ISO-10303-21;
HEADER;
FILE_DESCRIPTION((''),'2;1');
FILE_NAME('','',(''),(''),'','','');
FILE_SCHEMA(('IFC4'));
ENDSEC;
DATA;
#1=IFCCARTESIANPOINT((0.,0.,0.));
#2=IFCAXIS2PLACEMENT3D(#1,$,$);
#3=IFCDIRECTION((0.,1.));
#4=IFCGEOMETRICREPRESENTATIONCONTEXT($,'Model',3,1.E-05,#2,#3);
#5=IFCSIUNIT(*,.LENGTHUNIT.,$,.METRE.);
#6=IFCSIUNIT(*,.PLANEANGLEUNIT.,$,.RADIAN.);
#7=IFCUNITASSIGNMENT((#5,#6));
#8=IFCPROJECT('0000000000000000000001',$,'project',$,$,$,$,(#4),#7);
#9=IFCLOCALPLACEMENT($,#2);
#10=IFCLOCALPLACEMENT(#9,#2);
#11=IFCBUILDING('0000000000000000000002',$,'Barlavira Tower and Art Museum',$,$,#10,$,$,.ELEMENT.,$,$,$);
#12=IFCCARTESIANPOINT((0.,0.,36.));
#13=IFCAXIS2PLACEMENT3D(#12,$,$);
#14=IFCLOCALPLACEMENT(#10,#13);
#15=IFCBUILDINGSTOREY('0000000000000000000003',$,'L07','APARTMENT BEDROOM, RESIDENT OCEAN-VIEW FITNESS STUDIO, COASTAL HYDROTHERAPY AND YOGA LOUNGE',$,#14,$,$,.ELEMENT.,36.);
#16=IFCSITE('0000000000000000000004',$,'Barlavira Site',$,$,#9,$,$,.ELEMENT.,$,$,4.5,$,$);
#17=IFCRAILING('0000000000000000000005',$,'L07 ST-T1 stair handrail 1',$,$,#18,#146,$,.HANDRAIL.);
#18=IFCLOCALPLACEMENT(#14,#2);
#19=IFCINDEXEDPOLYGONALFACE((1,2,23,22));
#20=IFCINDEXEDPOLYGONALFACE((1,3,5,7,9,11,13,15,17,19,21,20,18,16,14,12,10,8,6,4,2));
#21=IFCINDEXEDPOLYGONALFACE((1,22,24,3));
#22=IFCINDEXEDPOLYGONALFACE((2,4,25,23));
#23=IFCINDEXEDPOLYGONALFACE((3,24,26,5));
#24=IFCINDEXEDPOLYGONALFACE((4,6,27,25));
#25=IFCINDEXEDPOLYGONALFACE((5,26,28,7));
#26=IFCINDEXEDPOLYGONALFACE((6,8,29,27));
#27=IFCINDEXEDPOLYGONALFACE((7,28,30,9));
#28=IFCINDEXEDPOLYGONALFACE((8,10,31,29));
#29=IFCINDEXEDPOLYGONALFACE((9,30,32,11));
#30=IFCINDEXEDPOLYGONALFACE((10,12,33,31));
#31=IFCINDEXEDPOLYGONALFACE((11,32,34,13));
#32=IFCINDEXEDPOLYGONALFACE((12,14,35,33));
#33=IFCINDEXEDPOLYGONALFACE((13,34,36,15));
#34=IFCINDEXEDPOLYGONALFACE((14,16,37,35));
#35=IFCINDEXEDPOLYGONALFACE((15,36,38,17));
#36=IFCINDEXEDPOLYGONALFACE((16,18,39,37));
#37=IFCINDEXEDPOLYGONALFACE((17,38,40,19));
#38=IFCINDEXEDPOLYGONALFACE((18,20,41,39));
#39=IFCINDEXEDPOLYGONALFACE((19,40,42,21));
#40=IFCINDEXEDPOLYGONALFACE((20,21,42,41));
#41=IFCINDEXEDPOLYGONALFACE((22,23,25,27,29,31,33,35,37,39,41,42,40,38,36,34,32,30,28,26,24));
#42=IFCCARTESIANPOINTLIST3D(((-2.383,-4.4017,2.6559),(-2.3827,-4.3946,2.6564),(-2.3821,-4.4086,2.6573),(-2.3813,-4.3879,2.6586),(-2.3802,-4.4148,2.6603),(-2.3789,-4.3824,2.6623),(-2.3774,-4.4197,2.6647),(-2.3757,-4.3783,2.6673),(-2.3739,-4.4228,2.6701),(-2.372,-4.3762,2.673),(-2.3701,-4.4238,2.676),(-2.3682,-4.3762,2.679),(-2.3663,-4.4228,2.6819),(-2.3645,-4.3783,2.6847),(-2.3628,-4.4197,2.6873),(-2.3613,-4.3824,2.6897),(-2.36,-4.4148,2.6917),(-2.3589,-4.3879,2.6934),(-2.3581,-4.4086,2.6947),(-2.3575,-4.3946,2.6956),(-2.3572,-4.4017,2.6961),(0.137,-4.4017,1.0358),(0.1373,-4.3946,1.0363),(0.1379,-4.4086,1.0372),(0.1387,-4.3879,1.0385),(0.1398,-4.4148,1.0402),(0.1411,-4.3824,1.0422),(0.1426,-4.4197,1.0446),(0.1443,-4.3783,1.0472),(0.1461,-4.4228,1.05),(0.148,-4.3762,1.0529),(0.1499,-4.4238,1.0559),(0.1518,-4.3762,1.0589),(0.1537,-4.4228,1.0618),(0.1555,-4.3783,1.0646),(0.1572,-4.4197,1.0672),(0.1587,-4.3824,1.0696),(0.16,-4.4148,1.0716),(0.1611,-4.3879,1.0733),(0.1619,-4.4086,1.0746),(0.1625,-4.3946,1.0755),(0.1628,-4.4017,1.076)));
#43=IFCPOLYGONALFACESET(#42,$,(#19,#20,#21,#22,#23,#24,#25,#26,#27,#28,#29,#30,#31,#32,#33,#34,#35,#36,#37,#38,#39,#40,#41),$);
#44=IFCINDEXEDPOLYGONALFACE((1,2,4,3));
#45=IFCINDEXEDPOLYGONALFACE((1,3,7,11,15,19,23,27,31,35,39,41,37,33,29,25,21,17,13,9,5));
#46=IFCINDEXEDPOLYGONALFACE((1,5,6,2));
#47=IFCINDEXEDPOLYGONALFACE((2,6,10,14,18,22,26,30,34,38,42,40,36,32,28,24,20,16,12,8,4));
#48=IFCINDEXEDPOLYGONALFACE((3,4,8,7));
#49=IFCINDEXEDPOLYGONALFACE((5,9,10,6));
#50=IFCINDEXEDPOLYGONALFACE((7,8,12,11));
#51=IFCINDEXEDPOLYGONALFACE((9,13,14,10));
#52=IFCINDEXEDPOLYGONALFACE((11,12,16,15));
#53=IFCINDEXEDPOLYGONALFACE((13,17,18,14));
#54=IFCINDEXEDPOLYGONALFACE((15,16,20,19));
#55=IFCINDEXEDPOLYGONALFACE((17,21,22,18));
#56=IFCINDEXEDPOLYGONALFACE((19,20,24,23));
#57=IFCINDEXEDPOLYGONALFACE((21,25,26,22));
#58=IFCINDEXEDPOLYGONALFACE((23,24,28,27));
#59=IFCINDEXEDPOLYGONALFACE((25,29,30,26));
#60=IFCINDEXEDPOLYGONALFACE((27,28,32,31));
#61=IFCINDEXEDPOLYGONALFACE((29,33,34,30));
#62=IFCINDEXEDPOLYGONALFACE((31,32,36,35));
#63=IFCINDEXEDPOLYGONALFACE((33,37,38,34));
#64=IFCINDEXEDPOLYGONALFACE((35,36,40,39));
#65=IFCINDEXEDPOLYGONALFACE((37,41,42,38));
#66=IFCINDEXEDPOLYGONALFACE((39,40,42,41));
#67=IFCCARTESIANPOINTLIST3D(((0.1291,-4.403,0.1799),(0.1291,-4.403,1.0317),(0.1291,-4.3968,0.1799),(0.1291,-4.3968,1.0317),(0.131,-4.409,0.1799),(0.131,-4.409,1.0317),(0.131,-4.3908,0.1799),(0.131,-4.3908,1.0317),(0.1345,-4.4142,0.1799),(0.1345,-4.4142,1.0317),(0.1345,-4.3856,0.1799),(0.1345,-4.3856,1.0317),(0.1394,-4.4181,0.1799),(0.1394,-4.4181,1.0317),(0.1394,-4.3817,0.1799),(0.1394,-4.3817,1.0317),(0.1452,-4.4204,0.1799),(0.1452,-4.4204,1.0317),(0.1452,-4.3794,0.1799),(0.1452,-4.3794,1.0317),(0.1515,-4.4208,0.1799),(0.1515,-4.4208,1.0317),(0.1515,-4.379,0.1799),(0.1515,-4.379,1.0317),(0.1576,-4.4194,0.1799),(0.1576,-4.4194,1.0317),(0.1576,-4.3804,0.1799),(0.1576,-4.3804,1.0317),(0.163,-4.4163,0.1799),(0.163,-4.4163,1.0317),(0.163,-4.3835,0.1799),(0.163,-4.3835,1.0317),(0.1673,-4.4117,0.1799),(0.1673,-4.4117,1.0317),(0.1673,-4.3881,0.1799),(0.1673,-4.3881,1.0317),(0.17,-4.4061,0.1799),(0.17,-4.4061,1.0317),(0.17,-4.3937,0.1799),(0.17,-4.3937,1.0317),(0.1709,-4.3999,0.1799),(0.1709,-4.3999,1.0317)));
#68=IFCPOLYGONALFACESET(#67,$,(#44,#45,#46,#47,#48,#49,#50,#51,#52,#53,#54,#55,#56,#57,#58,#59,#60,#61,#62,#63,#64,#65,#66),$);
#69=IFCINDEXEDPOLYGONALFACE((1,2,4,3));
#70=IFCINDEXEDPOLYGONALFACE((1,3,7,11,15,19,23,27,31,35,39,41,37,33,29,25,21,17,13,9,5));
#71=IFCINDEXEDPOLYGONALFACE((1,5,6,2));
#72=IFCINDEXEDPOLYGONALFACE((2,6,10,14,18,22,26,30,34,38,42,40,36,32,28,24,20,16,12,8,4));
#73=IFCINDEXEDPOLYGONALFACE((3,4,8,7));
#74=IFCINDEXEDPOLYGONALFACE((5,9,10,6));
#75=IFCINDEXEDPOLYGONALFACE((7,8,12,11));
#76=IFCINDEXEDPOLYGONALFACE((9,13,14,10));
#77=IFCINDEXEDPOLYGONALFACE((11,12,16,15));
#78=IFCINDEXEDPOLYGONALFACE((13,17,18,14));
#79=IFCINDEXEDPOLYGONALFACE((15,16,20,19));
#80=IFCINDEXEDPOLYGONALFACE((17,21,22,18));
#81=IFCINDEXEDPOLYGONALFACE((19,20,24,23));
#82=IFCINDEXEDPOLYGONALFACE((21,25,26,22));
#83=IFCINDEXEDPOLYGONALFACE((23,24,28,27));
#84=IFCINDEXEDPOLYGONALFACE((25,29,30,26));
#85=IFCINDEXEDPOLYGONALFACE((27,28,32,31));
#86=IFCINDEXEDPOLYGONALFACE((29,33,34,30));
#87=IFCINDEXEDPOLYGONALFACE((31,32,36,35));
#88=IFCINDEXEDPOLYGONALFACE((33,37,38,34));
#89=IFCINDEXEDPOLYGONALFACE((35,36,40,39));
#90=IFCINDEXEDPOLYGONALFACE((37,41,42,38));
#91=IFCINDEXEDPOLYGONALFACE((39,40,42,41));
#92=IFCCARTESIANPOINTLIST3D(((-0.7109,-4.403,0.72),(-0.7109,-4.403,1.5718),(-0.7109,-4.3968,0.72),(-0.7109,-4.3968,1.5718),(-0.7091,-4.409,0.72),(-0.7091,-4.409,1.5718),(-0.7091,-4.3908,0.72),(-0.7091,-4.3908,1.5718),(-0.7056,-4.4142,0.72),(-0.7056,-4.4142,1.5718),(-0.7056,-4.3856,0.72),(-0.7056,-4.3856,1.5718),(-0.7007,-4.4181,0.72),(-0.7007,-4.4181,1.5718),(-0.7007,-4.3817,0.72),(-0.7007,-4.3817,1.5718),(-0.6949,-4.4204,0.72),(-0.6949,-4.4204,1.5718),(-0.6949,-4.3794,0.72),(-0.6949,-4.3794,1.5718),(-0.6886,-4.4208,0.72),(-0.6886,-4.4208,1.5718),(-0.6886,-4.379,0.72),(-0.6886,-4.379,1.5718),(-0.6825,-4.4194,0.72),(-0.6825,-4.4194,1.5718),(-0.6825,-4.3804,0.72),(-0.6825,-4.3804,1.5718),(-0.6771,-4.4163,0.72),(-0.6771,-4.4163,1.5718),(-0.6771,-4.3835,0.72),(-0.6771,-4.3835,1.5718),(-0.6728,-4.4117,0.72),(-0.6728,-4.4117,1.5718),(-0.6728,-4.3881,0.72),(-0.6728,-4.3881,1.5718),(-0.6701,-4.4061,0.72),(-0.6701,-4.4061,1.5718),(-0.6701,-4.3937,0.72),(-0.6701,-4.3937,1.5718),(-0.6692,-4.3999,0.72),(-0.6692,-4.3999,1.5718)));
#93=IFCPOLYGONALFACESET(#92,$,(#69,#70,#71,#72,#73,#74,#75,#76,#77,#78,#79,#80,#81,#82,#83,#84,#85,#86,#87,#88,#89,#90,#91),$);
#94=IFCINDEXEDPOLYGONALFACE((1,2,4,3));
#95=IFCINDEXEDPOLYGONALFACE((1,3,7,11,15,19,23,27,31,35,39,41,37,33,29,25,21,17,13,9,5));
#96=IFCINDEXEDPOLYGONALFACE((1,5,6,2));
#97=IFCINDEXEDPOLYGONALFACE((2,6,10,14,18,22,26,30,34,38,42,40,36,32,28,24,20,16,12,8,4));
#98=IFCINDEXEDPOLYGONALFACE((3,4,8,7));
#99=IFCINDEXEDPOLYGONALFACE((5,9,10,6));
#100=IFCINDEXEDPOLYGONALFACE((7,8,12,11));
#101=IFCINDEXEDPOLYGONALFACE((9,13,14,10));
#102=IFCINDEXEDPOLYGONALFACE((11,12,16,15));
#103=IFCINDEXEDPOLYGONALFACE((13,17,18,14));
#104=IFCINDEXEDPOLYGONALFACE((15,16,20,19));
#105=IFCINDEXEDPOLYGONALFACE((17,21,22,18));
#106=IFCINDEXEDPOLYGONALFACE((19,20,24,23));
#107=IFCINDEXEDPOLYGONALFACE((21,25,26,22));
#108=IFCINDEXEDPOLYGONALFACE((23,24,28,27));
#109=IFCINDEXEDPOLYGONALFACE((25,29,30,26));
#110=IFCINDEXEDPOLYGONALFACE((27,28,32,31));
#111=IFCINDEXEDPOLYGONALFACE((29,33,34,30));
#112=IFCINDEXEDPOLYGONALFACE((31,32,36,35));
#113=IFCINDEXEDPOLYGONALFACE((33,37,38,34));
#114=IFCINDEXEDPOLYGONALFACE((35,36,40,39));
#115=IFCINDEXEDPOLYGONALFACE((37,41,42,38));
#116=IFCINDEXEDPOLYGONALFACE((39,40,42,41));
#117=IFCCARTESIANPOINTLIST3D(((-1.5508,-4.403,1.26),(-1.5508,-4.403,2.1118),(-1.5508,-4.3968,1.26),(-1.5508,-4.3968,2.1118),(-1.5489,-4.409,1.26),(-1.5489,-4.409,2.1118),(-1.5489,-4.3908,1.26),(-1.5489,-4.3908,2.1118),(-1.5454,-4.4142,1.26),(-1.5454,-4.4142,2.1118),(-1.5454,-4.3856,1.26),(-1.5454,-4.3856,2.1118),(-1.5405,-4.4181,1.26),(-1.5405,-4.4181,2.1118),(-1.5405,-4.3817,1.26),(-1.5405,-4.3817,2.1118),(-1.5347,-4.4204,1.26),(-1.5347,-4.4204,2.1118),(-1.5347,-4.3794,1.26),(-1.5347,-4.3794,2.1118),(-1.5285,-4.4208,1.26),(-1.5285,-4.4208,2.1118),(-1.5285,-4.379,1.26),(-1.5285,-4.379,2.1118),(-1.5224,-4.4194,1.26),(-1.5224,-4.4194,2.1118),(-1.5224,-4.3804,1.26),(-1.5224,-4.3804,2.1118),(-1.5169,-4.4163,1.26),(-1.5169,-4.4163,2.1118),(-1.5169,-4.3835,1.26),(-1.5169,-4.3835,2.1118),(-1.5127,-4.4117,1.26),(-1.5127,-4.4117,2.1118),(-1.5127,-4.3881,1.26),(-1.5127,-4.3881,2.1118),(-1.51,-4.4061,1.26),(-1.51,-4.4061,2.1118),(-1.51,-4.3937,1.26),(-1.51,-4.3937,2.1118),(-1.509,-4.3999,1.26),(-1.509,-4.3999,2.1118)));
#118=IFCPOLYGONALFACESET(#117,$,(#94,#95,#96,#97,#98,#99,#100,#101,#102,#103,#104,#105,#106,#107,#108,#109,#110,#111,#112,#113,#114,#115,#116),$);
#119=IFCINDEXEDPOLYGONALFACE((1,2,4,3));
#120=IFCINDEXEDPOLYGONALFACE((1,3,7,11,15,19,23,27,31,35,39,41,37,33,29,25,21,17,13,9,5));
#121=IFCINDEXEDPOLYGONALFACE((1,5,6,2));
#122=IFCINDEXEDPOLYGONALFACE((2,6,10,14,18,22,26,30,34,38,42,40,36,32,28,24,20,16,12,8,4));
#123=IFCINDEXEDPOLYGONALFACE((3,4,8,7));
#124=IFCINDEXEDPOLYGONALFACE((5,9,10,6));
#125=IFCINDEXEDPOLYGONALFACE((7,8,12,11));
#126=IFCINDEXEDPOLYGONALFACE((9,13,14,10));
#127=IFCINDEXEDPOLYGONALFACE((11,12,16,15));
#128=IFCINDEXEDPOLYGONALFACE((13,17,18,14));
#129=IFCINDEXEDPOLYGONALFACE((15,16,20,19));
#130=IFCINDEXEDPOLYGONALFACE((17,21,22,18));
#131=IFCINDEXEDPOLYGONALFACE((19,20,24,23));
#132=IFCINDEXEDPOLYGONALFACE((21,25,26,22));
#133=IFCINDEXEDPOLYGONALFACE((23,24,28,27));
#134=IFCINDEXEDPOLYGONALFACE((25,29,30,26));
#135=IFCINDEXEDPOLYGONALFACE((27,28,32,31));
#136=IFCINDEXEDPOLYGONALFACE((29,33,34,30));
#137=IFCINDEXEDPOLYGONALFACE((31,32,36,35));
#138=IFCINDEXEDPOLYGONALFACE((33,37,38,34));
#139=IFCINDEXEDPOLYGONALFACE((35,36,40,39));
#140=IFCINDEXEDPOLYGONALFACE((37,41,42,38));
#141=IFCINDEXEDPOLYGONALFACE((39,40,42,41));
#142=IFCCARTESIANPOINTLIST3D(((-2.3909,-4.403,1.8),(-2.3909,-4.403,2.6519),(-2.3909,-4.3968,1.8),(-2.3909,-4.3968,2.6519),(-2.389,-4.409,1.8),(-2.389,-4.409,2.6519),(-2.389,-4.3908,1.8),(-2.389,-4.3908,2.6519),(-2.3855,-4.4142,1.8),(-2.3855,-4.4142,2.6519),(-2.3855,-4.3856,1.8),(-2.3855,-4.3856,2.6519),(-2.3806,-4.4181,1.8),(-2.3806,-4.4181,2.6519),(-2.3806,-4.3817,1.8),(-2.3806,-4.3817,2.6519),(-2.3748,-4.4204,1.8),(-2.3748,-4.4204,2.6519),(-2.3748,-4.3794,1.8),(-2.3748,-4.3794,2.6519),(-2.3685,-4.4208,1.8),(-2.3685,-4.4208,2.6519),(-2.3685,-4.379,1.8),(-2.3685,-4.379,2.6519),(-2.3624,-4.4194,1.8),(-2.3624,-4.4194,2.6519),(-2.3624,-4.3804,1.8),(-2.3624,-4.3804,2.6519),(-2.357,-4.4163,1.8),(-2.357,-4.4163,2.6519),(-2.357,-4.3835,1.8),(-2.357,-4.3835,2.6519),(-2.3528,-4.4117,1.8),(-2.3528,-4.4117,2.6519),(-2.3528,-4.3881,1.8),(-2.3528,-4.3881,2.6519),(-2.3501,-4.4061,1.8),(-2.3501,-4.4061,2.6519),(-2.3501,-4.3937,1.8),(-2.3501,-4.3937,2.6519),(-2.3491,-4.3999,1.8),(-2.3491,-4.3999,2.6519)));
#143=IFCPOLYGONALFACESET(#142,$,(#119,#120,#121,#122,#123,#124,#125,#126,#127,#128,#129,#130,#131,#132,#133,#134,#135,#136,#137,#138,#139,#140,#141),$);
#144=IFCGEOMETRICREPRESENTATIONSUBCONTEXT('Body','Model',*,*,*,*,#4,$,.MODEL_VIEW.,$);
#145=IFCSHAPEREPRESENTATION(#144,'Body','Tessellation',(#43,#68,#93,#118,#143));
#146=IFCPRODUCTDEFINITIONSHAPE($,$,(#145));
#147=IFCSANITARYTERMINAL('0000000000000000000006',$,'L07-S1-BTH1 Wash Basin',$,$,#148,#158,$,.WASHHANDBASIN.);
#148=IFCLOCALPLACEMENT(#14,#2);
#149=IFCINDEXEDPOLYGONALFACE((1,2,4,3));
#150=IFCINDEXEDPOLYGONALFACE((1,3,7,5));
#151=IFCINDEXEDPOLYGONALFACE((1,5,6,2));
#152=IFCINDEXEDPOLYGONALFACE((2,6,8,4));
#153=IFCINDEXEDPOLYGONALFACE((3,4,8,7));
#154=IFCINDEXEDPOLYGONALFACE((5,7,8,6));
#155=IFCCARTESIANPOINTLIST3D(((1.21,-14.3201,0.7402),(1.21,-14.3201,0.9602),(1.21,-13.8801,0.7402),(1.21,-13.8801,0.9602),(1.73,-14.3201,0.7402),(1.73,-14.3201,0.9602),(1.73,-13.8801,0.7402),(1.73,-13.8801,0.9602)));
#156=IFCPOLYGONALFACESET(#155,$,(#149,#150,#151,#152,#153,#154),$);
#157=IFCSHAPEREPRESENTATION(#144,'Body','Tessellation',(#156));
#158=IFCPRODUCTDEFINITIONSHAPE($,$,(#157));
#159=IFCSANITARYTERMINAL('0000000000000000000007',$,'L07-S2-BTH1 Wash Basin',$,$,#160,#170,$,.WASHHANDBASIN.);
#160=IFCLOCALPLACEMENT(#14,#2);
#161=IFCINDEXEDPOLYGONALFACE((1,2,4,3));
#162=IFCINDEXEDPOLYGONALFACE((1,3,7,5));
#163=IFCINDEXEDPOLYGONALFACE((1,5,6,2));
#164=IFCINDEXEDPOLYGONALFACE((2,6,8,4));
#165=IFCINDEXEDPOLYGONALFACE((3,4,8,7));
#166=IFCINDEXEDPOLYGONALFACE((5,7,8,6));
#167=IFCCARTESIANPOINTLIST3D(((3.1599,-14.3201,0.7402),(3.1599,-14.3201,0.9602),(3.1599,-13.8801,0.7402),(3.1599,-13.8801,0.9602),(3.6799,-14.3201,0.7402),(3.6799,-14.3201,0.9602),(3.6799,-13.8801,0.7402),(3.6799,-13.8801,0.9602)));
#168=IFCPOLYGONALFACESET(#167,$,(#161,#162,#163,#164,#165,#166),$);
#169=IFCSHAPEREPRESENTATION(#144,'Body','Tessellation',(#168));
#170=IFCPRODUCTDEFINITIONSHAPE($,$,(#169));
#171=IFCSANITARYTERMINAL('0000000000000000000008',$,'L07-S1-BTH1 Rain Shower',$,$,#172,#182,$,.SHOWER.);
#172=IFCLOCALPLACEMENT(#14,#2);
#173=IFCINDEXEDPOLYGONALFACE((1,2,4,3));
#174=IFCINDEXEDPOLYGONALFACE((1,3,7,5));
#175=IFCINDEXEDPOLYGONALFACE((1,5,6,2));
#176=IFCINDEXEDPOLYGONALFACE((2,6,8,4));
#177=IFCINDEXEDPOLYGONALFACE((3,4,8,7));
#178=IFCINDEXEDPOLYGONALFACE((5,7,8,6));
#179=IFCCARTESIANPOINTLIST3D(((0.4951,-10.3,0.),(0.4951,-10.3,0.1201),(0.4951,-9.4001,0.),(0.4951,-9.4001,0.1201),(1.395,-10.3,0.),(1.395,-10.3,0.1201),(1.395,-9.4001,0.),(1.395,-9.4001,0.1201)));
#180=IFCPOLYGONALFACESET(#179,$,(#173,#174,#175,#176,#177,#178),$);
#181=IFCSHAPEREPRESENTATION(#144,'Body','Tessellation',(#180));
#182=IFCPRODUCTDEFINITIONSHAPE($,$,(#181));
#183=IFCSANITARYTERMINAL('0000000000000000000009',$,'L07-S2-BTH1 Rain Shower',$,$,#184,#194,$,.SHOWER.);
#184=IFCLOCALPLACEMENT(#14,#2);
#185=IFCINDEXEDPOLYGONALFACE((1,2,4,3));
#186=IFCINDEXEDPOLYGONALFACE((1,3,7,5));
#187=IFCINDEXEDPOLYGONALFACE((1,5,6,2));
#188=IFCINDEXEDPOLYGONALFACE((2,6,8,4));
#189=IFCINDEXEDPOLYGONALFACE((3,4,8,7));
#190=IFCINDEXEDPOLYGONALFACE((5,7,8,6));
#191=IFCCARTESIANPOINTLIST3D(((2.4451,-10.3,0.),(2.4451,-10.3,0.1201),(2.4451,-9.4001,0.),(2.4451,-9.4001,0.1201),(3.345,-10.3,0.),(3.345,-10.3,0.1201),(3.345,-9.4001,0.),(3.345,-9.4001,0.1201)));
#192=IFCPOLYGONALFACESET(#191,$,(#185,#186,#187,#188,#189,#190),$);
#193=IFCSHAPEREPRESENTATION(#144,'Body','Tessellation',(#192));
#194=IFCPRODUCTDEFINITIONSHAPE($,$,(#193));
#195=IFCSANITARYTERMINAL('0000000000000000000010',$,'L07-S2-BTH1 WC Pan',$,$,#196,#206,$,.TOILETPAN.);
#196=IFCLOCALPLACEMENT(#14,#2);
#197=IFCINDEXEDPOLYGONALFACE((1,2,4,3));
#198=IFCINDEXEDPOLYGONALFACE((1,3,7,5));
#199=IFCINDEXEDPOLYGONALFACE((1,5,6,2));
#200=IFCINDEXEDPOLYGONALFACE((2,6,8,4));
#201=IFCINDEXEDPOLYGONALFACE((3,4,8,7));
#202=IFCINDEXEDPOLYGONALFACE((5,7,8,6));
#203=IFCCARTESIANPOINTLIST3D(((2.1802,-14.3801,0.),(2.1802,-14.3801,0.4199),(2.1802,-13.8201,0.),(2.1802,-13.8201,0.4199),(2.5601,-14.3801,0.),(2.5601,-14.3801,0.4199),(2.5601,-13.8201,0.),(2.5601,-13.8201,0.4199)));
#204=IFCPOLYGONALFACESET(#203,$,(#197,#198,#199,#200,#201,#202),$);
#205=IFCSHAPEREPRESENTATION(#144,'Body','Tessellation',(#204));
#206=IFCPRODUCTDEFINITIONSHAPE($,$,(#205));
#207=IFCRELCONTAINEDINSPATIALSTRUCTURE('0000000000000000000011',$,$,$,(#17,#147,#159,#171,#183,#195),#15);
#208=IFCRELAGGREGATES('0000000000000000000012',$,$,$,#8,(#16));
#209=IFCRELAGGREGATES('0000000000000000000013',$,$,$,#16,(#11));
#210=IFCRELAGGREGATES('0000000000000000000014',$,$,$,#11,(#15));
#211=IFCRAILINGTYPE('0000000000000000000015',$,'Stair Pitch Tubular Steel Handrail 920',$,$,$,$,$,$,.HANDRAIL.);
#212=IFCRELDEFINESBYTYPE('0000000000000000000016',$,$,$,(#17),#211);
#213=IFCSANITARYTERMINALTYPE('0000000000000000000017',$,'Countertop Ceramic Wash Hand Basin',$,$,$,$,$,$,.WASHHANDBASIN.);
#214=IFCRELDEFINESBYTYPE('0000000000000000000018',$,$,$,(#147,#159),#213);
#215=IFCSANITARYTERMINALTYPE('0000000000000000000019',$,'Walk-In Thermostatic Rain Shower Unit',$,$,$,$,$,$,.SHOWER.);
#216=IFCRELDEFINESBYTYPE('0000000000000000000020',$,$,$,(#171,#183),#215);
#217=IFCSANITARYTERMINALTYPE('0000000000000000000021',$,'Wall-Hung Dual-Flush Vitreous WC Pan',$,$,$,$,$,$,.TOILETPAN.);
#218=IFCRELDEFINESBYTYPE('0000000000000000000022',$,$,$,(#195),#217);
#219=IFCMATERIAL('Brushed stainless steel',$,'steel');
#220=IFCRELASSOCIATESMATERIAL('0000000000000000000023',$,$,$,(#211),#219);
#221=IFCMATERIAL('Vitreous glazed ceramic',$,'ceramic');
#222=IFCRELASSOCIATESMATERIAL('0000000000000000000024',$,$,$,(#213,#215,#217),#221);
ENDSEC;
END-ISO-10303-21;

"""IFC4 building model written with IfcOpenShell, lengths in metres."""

from ifc_helpers import new_model, si_unit, direction, frame, origin, origin_2d, place, context, subcontext, project, spatial, rectangle, circle, extrude, material, type_object, element, save


model = new_model("IFC4")

# Units and contexts
model_context = context("Model", 3, precision=1e-05, world=origin(), true_north=direction((0.0, 1.0)))
body_context = subcontext(model_context, "Body", "Model", "MODEL_VIEW")
ifc_project = project(units=[si_unit("LENGTHUNIT", "METRE"), si_unit("PLANEANGLEUNIT", "RADIAN")], contexts=[model_context])

# Site, building, storey
site_placement = place(None, origin())
site = spatial("IfcSite", under=ifc_project, at=site_placement, Name="Barlavira Site", CompositionType="ELEMENT", RefElevation=4.5)
building_placement = place(site_placement, origin())
building = spatial("IfcBuilding", under=site, at=building_placement, Name="Barlavira Tower and Art Museum", CompositionType="ELEMENT")
storey_placement = place(building_placement, frame((0.0, 0.0, 36.0)))
storey = spatial("IfcBuildingStorey", under=building, at=storey_placement, Name="L07", Description="APARTMENT BEDROOM, RESIDENT OCEAN-VIEW FITNESS STUDIO, COASTAL HYDROTHERAPY AND YOGA LOUNGE", CompositionType="ELEMENT", Elevation=36.0)

# Shared definitions
ifc_material_1 = material(Name="Brushed stainless steel", Category="steel")

# Railing
railing_type_1 = type_object("IfcRailingType", Name="Stair Pitch Tubular Steel Handrail 920", PredefinedType="HANDRAIL", material=ifc_material_1)
railing_1_placement = place(storey_placement, frame((0.1499, -4.3999, 0.1799)))
element("IfcRailing", 1, at=railing_1_placement, inside=storey, type_object=railing_type_1, Name="L07 ST-T1 stair handrail 1", PredefinedType="HANDRAIL", context=body_context, shape_type="SweptSolid", body=[
    extrude(circle(Radius=0.0239, at=origin_2d()), frame((0.0, 0.0, 0.876), z_axis=(-0.841163, 0.0, 0.540782), x_axis=(0.0, -1.0, 0.0)), (0.0, 0.0, 1.0), 2.9958),
    extrude(circle(Radius=0.021, at=origin_2d()), origin(), (0.0, 0.0, 1.0), 0.8518),
    extrude(circle(Radius=0.021, at=origin_2d()), frame((-0.8401, 0.0, 0.54)), (0.0, 0.0, 1.0), 0.8518),
    extrude(circle(Radius=0.021, at=origin_2d()), frame((-1.6799, 0.0, 1.0801)), (0.0, 0.0, 1.0), 0.8518),
    extrude(circle(Radius=0.021, at=origin_2d()), frame((-2.52, 0.0, 1.6201)), (0.0, 0.0, 1.0), 0.8518),
])

# Sanitary terminals
ifc_material_2 = material(Name="Vitreous glazed ceramic", Category="ceramic")
sanitary_terminal_type_1 = type_object("IfcSanitaryTerminalType", Name="Countertop Ceramic Wash Hand Basin", PredefinedType="WASHHANDBASIN", material=ifc_material_2)
for number, where, z_axis, x_axis, name in (
    (2, (1.47, -14.1001, 0.7402), (0.0, 0.0, 1.0), (1.0, 0.0, 0.0), "L07-S1-BTH1 Wash Basin"),
    (3, (3.4199, -14.1001, 0.7402), (0.0, 0.0, 1.0), (1.0, 0.0, 0.0), "L07-S2-BTH1 Wash Basin"),
):
    element("IfcSanitaryTerminal", number, at=place(storey_placement, frame(where, z_axis=z_axis, x_axis=x_axis)), inside=storey, type_object=sanitary_terminal_type_1, Name=name, PredefinedType="WASHHANDBASIN", context=body_context, shape_type="SweptSolid", body=[
        extrude(rectangle(XDim=0.52, YDim=0.4399, at=origin_2d()), origin(), (0.0, 0.0, 1.0), 0.22),
    ])
sanitary_terminal_type_2 = type_object("IfcSanitaryTerminalType", Name="Walk-In Thermostatic Rain Shower Unit", PredefinedType="SHOWER", material=ifc_material_2)
for number, where, z_axis, x_axis, name in (
    (4, (0.9451, -9.8501, 0.0), (0.0, 0.0, 1.0), (1.0, 0.0, 0.0), "L07-S1-BTH1 Rain Shower"),
    (5, (2.895, -9.8501, 0.0), (0.0, 0.0, 1.0), (1.0, 0.0, 0.0), "L07-S2-BTH1 Rain Shower"),
):
    element("IfcSanitaryTerminal", number, at=place(storey_placement, frame(where, z_axis=z_axis, x_axis=x_axis)), inside=storey, type_object=sanitary_terminal_type_2, Name=name, PredefinedType="SHOWER", context=body_context, shape_type="SweptSolid", body=[
        extrude(rectangle(XDim=0.8999, YDim=0.8999, at=origin_2d()), origin(), (0.0, 0.0, 1.0), 0.1201),
    ])
sanitary_terminal_type_3 = type_object("IfcSanitaryTerminalType", Name="Wall-Hung Dual-Flush Vitreous WC Pan", PredefinedType="TOILETPAN", material=ifc_material_2)
sanitary_terminal_placement = place(storey_placement, frame((2.3701, -14.1001, 0.0), z_axis=(0.0, 0.0, 1.0), x_axis=(1.0, 0.0, 0.0)))
element("IfcSanitaryTerminal", 6, at=sanitary_terminal_placement, inside=storey, type_object=sanitary_terminal_type_3, Name="L07-S2-BTH1 WC Pan", PredefinedType="TOILETPAN", context=body_context, shape_type="SweptSolid", body=[
    extrude(rectangle(XDim=0.3799, YDim=0.5601, at=origin_2d()), origin(), (0.0, 0.0, 1.0), 0.4199),
])

save(model, "model.ifc")
